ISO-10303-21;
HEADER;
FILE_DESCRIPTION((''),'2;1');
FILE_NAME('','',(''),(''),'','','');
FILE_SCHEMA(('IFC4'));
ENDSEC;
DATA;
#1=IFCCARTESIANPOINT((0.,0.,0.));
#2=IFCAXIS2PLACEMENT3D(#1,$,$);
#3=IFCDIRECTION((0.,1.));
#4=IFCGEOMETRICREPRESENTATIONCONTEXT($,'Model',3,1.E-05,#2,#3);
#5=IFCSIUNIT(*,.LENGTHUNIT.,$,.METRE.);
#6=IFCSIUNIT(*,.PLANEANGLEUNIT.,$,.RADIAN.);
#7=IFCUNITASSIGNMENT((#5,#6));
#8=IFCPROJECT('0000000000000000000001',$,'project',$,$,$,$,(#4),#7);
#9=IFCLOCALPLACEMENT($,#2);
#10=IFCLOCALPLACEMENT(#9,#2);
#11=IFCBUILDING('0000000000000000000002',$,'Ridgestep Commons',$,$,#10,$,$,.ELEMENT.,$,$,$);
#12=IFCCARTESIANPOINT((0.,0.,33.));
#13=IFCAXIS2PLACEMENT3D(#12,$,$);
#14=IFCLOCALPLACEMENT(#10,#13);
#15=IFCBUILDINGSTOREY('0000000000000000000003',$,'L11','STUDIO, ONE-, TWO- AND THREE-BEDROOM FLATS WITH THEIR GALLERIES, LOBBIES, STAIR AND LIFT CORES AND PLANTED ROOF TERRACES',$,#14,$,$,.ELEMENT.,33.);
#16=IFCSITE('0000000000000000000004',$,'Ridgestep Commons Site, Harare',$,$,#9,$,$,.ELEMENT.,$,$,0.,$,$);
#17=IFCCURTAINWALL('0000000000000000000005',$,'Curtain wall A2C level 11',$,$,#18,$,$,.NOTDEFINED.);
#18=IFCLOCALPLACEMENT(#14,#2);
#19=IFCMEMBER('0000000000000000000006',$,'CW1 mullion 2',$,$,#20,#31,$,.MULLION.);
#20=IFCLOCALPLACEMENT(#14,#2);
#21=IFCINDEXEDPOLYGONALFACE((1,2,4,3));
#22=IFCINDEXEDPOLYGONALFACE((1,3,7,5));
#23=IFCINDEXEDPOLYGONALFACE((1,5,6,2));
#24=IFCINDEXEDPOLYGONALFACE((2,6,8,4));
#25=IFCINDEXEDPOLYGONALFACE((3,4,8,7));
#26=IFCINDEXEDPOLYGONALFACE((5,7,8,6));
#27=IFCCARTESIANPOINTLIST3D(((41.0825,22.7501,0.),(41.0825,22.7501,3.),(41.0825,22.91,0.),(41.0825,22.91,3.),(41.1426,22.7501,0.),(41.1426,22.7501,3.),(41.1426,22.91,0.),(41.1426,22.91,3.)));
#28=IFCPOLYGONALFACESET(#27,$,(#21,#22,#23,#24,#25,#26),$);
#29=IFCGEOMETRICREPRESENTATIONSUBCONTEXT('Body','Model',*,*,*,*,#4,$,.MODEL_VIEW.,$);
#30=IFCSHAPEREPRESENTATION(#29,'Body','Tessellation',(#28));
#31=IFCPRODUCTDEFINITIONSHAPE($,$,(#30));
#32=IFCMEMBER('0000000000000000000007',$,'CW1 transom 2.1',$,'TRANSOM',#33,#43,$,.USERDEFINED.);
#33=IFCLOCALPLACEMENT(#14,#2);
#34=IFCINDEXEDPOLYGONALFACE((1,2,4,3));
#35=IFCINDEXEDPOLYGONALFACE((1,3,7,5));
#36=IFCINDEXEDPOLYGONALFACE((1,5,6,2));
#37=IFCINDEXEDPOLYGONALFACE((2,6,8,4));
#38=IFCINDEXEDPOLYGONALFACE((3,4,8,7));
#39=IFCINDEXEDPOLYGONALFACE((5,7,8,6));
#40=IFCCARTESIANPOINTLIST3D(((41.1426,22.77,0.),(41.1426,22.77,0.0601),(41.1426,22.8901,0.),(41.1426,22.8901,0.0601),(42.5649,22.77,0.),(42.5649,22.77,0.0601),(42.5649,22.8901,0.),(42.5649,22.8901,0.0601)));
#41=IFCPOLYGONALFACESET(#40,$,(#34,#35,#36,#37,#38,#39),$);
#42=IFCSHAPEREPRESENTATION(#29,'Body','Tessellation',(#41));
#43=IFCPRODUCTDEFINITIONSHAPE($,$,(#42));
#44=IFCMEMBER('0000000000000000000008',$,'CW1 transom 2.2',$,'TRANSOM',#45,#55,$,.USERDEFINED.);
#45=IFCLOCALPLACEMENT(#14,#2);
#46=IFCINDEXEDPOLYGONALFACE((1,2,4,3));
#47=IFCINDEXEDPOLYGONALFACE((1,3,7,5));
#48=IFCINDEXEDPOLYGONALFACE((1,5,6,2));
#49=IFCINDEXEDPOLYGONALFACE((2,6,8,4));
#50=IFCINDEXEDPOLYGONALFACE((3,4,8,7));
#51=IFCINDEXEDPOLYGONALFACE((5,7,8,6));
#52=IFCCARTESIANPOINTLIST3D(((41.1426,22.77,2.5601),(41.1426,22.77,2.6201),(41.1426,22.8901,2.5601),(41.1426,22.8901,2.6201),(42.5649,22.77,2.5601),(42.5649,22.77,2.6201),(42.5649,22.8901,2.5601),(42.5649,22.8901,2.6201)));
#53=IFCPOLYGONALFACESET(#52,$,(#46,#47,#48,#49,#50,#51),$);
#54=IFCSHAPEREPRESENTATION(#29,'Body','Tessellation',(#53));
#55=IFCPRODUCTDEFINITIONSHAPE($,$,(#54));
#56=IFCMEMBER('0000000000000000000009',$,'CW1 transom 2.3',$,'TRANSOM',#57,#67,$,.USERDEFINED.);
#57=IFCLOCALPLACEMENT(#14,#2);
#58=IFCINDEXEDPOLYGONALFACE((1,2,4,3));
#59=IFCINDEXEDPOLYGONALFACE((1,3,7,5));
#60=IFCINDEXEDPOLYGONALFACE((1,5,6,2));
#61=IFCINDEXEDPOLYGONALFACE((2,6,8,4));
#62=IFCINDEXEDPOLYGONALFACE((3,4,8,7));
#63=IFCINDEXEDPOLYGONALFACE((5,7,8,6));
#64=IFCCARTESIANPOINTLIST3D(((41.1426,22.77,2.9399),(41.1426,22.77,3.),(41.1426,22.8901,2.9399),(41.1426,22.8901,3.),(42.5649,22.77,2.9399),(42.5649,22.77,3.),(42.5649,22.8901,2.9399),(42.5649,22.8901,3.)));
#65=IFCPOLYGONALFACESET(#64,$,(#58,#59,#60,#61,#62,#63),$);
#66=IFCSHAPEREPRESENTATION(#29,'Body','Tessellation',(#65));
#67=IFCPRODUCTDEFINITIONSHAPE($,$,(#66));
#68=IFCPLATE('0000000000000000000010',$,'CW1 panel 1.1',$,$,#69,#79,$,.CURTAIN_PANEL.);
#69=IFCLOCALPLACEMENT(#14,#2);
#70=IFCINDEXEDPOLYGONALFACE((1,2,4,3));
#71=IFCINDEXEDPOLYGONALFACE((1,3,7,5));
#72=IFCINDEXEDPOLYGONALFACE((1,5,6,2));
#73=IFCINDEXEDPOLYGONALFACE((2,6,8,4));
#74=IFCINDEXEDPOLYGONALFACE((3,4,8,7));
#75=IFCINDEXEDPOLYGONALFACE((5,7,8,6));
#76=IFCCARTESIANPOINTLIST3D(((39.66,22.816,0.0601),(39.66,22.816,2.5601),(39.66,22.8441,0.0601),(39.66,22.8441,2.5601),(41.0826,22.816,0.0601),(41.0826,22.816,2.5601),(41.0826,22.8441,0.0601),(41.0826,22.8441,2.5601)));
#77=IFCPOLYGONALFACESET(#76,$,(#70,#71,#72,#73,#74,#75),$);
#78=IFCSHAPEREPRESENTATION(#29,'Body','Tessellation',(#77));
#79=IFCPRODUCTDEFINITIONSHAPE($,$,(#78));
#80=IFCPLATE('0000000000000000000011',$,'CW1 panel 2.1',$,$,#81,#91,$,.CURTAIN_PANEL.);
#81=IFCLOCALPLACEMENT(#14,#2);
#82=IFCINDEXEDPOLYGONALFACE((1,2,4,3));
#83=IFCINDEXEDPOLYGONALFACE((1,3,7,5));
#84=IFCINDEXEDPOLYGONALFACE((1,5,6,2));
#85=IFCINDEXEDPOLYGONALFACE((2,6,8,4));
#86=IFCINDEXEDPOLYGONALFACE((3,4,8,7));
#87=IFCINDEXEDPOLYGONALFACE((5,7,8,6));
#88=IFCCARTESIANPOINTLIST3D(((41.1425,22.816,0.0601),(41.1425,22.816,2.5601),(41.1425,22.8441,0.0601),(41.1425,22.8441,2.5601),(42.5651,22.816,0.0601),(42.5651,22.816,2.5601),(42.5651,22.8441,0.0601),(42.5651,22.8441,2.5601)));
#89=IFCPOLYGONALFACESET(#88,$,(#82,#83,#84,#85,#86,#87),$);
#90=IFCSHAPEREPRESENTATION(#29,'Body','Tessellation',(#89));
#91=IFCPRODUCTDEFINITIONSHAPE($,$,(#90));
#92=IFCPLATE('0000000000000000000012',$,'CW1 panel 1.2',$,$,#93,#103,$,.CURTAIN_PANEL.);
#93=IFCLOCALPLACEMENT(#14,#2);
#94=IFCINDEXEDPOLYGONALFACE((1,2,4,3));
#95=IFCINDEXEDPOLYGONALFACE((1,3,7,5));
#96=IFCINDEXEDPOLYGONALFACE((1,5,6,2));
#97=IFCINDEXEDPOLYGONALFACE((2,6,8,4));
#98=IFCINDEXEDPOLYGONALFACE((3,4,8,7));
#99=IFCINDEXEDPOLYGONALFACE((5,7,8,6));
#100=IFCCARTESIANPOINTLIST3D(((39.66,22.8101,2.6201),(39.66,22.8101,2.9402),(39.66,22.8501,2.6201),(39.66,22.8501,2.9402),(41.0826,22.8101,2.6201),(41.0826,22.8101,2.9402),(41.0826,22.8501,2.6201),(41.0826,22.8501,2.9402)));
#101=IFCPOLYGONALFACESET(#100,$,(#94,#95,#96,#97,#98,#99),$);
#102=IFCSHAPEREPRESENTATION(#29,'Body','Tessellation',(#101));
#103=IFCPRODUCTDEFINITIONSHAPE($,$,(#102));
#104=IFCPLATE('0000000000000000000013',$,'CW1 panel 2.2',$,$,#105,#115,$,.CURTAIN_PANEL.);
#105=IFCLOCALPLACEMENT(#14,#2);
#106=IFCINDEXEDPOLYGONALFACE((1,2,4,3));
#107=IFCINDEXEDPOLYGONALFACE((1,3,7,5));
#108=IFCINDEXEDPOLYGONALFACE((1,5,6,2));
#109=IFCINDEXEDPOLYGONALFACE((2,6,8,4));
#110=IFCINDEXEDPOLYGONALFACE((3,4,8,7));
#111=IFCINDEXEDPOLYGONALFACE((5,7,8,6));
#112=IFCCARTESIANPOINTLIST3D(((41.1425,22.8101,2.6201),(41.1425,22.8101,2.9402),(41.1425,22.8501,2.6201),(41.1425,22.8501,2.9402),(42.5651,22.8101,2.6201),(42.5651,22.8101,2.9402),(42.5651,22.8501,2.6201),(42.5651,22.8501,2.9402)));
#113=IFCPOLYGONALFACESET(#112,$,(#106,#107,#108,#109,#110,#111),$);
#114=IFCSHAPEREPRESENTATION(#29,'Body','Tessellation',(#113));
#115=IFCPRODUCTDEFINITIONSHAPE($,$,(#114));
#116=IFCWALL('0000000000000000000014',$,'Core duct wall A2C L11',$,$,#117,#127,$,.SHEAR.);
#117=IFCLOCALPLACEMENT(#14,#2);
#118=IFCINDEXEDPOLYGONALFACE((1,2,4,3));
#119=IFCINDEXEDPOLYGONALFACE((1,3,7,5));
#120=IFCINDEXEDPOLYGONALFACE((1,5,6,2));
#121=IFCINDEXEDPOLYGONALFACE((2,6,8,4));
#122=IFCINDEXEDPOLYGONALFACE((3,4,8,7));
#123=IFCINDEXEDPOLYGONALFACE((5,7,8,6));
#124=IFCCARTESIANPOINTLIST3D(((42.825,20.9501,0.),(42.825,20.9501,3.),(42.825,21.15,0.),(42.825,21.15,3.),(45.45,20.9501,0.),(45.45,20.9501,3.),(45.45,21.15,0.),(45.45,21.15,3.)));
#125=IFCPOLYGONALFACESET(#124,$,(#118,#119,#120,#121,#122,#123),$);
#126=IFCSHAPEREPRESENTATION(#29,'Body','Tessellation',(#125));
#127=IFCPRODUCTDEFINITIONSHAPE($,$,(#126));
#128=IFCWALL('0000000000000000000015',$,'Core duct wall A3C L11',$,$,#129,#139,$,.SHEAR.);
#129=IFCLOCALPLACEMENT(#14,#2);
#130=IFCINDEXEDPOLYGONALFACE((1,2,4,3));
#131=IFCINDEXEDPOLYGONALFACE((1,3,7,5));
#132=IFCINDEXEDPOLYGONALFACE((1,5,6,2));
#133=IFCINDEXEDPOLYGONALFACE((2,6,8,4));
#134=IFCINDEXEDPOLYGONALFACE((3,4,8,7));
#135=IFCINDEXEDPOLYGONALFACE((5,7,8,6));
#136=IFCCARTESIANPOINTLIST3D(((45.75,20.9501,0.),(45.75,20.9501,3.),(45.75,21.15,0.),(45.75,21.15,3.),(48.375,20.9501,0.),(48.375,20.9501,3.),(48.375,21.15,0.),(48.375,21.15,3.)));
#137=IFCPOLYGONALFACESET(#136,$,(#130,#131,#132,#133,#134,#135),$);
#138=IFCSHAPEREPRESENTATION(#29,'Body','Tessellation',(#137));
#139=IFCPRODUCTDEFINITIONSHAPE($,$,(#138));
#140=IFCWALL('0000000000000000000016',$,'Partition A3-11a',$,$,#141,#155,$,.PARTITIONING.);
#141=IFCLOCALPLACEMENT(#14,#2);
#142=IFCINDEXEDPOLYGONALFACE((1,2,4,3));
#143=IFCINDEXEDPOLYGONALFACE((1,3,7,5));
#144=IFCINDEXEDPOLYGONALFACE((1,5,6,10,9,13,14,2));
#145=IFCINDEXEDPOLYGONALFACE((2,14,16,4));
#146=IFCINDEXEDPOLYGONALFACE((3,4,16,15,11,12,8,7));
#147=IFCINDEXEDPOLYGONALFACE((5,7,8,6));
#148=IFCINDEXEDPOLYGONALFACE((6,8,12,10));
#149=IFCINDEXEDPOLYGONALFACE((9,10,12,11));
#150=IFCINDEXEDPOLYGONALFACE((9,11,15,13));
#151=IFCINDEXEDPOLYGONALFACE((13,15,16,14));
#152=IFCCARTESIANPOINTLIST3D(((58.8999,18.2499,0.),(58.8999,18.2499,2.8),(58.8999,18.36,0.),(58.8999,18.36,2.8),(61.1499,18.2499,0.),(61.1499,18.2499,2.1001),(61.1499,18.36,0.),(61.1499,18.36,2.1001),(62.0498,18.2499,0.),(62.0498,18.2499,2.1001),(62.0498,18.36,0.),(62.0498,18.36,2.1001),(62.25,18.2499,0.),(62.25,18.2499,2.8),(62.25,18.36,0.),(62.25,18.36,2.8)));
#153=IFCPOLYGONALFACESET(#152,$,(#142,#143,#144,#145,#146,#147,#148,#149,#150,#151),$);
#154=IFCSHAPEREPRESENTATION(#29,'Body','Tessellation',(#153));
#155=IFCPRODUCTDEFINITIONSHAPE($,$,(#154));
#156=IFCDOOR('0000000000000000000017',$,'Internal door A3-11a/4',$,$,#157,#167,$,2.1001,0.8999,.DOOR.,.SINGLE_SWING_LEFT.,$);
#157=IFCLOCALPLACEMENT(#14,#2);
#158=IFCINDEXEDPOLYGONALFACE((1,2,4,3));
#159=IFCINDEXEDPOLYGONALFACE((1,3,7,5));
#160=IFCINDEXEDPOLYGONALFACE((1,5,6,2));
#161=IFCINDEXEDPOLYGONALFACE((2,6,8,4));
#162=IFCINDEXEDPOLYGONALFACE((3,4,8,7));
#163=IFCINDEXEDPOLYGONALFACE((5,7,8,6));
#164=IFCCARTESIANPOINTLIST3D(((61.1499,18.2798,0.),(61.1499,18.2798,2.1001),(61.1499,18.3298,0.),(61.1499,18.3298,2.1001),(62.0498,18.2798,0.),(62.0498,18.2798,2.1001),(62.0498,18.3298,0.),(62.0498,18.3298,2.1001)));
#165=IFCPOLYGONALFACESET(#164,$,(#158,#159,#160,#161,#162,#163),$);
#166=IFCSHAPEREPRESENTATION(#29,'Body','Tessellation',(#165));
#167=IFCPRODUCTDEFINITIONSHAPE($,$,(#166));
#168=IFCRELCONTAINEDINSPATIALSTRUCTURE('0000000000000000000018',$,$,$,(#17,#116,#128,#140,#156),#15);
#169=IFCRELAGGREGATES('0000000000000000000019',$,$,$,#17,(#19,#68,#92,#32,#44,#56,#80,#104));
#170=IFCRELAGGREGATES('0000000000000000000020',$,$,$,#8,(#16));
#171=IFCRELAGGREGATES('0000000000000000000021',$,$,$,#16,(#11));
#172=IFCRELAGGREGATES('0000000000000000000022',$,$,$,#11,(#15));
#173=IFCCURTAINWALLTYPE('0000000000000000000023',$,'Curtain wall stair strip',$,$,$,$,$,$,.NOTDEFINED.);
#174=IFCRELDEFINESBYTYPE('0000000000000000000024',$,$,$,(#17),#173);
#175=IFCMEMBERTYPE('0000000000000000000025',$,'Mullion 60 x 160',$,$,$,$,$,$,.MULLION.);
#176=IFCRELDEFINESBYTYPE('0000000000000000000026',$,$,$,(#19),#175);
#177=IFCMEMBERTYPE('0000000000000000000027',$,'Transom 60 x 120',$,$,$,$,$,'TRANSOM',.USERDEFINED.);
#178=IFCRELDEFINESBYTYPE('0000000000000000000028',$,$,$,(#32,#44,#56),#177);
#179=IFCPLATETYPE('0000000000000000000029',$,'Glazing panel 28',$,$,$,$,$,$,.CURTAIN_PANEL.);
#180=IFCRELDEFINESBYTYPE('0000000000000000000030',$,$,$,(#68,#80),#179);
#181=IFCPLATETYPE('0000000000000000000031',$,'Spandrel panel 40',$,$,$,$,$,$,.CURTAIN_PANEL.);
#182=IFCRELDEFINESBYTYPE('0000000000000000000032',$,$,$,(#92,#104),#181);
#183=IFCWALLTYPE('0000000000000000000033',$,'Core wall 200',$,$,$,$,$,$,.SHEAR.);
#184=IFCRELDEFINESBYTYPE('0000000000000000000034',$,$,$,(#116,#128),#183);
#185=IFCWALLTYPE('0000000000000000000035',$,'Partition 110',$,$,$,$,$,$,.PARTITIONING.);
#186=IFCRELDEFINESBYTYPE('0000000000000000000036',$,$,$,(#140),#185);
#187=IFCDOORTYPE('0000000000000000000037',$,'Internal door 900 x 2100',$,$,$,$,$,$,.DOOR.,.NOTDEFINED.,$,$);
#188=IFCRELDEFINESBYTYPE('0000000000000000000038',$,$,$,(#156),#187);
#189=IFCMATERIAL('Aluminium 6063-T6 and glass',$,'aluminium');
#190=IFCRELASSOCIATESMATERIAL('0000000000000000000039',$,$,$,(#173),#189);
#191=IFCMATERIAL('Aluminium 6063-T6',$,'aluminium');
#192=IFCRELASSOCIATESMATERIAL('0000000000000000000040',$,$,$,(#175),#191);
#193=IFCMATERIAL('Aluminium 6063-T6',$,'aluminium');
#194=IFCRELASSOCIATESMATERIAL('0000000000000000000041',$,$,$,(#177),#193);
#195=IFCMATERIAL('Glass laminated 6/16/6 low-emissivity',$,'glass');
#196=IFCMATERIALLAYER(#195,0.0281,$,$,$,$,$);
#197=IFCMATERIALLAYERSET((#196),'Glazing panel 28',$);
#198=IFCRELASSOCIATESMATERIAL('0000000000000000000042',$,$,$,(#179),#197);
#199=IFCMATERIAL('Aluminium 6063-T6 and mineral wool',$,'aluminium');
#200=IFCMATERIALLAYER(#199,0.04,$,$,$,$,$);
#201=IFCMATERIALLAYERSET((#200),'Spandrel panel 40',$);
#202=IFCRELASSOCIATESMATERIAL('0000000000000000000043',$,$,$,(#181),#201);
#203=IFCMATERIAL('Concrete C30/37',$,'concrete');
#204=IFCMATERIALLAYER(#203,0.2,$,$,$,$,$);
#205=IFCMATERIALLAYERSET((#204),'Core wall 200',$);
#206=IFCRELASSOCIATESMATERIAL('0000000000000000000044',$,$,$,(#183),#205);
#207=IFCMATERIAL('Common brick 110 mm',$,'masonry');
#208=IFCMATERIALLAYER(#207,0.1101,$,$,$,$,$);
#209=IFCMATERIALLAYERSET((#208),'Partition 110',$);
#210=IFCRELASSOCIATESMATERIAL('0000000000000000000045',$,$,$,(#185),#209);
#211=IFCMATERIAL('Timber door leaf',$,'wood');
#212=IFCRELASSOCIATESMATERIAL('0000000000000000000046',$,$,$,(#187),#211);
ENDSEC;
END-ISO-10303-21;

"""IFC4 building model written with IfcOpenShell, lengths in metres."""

from ifc_helpers import new_model, si_unit, direction, frame, frame_2d, origin, origin_2d, place, context, subcontext, project, spatial, rectangle, extrude, material, layer, layer_set, material_profile, profile_set, type_object, element, fill, aggregate, save


model = new_model("IFC4")

# Units and contexts
model_context = context("Model", 3, precision=1e-05, world=origin(), true_north=direction((0.0, 1.0)))
body_context = subcontext(model_context, "Body", "Model", "MODEL_VIEW")
ifc_project = project(units=[si_unit("LENGTHUNIT", "METRE"), si_unit("PLANEANGLEUNIT", "RADIAN")], contexts=[model_context])

# Site, building, storey
site_placement = place(None, origin())
site = spatial("IfcSite", under=ifc_project, at=site_placement, Name="Ridgestep Commons Site, Harare", CompositionType="ELEMENT", RefElevation=0.0)
building_placement = place(site_placement, origin())
building = spatial("IfcBuilding", under=site, at=building_placement, Name="Ridgestep Commons", CompositionType="ELEMENT")
storey_placement = place(building_placement, frame((0.0, 0.0, 33.0)))
storey = spatial("IfcBuildingStorey", under=building, at=storey_placement, Name="L11", Description="STUDIO, ONE-, TWO- AND THREE-BEDROOM FLATS WITH THEIR GALLERIES, LOBBIES, STAIR AND LIFT CORES AND PLANTED ROOF TERRACES", CompositionType="ELEMENT", Elevation=33.0)

# Curtain wall, members, plates
ifc_material_1 = material(Name="Aluminium 6063-T6 and glass", Category="aluminium")
curtain_wall_type = type_object("IfcCurtainWallType", Name="Curtain wall stair strip", PredefinedType="NOTDEFINED", material=ifc_material_1)
curtain_wall_placement = place(storey_placement, origin())
curtain_wall = element("IfcCurtainWall", 1, at=curtain_wall_placement, inside=storey, type_object=curtain_wall_type, Name="Curtain wall A2C level 11", PredefinedType="NOTDEFINED")
ifc_material_2 = material(Name="Aluminium 6063-T6", Category="aluminium")
ifc_material_profile_1 = material_profile(ifc_material_2, rectangle(XDim=0.1599, YDim=0.0601, at=origin_2d()), Name="Mullion 60 x 160")
ifc_profile_set_1 = profile_set([ifc_material_profile_1], Name="Aluminium 6063-T6")
member_type_1 = type_object("IfcMemberType", Name="Mullion 60 x 160", PredefinedType="MULLION", material=ifc_profile_set_1)
member_1_placement = place(storey_placement, frame((41.1125, 22.8301, 0.0), z_axis=(0.0, 0.0, 1.0), x_axis=(0.0, 1.0, 0.0)))
member_1 = element("IfcMember", 2, at=member_1_placement, type_object=member_type_1, Name="CW1 mullion 2", PredefinedType="MULLION", context=body_context, shape_type="SweptSolid", body=[
    extrude(rectangle(XDim=0.1599, YDim=0.0601, at=origin_2d()), origin(), (0.0, 0.0, 1.0), 3.0),
])
ifc_material_3 = material(Name="Aluminium 6063-T6", Category="aluminium")
ifc_material_profile_2 = material_profile(ifc_material_3, rectangle(XDim=0.1201, YDim=0.0601, at=origin_2d()), Name="Transom 60 x 120")
ifc_profile_set_2 = profile_set([ifc_material_profile_2], Name="Aluminium 6063-T6")
member_type_2 = type_object("IfcMemberType", Name="Transom 60 x 120", ElementType="TRANSOM", PredefinedType="USERDEFINED", material=ifc_profile_set_2)
member_2_placement = place(storey_placement, frame((41.1426, 22.8301, 0.03), z_axis=(1.0, 0.0, 0.0), x_axis=(0.0, 1.0, 0.0)))
member_2 = element("IfcMember", 3, at=member_2_placement, type_object=member_type_2, Name="CW1 transom 2.1", ObjectType="TRANSOM", PredefinedType="USERDEFINED", context=body_context, shape_type="SweptSolid", body=[
    extrude(rectangle(XDim=0.1201, YDim=0.0601, at=origin_2d()), origin(), (0.0, 0.0, 1.0), 1.4224),
])
member_3_placement = place(storey_placement, frame((41.1426, 22.8301, 2.5901), z_axis=(1.0, 0.0, 0.0), x_axis=(0.0, 1.0, 0.0)))
member_3 = element("IfcMember", 4, at=member_3_placement, type_object=member_type_2, Name="CW1 transom 2.2", ObjectType="TRANSOM", PredefinedType="USERDEFINED", context=body_context, shape_type="SweptSolid", body=[
    extrude(rectangle(XDim=0.1201, YDim=0.0601, at=origin_2d()), origin(), (0.0, 0.0, 1.0), 1.4224),
])
member_4_placement = place(storey_placement, frame((41.1426, 22.8301, 2.97), z_axis=(1.0, 0.0, 0.0), x_axis=(0.0, 1.0, 0.0)))
member_4 = element("IfcMember", 5, at=member_4_placement, type_object=member_type_2, Name="CW1 transom 2.3", ObjectType="TRANSOM", PredefinedType="USERDEFINED", context=body_context, shape_type="SweptSolid", body=[
    extrude(rectangle(XDim=0.1201, YDim=0.0601, at=origin_2d()), origin(), (0.0, 0.0, 1.0), 1.4224),
])
ifc_material_4 = material(Name="Glass laminated 6/16/6 low-emissivity", Category="glass")
ifc_layer_1 = layer(ifc_material_4, 0.0281)
ifc_layer_set_1 = layer_set([ifc_layer_1], Name="Glazing panel 28")
plate_type_1 = type_object("IfcPlateType", Name="Glazing panel 28", PredefinedType="CURTAIN_PANEL", material=ifc_layer_set_1)
plate_1_placement = place(storey_placement, frame((40.3713, 22.8301, 0.0601), z_axis=(0.0, 0.0, 1.0), x_axis=(1.0, 0.0, 0.0)))
plate_1 = element("IfcPlate", 6, at=plate_1_placement, type_object=plate_type_1, Name="CW1 panel 1.1", PredefinedType="CURTAIN_PANEL", context=body_context, shape_type="SweptSolid", body=[
    extrude(rectangle(XDim=1.4226, YDim=0.0281, at=origin_2d()), origin(), (0.0, 0.0, 1.0), 2.5),
])
plate_2_placement = place(storey_placement, frame((41.8538, 22.8301, 0.0601), z_axis=(0.0, 0.0, 1.0), x_axis=(1.0, 0.0, 0.0)))
plate_2 = element("IfcPlate", 7, at=plate_2_placement, type_object=plate_type_1, Name="CW1 panel 2.1", PredefinedType="CURTAIN_PANEL", context=body_context, shape_type="SweptSolid", body=[
    extrude(rectangle(XDim=1.4226, YDim=0.0281, at=origin_2d()), origin(), (0.0, 0.0, 1.0), 2.5),
])
ifc_material_5 = material(Name="Aluminium 6063-T6 and mineral wool", Category="aluminium")
ifc_layer_2 = layer(ifc_material_5, 0.04)
ifc_layer_set_2 = layer_set([ifc_layer_2], Name="Spandrel panel 40")
plate_type_2 = type_object("IfcPlateType", Name="Spandrel panel 40", PredefinedType="CURTAIN_PANEL", material=ifc_layer_set_2)
plate_3_placement = place(storey_placement, frame((40.3713, 22.8301, 2.6201), z_axis=(0.0, 0.0, 1.0), x_axis=(1.0, 0.0, 0.0)))
plate_3 = element("IfcPlate", 8, at=plate_3_placement, type_object=plate_type_2, Name="CW1 panel 1.2", PredefinedType="CURTAIN_PANEL", context=body_context, shape_type="SweptSolid", body=[
    extrude(rectangle(XDim=1.4226, YDim=0.04, at=origin_2d()), origin(), (0.0, 0.0, 1.0), 0.3201),
])
plate_4_placement = place(storey_placement, frame((41.8538, 22.8301, 2.6201), z_axis=(0.0, 0.0, 1.0), x_axis=(1.0, 0.0, 0.0)))
plate_4 = element("IfcPlate", 9, at=plate_4_placement, type_object=plate_type_2, Name="CW1 panel 2.2", PredefinedType="CURTAIN_PANEL", context=body_context, shape_type="SweptSolid", body=[
    extrude(rectangle(XDim=1.4226, YDim=0.04, at=origin_2d()), origin(), (0.0, 0.0, 1.0), 0.3201),
])
aggregate(curtain_wall, [member_1, plate_1, plate_3, member_2, member_3, member_4, plate_2, plate_4])

# Walls
ifc_material_6 = material(Name="Concrete C30/37", Category="concrete")
ifc_layer_3 = layer(ifc_material_6, 0.2)
ifc_layer_set_3 = layer_set([ifc_layer_3], Name="Core wall 200")
wall_type_1 = type_object("IfcWallType", Name="Core wall 200", PredefinedType="SHEAR", material=ifc_layer_set_3)
for number, where, z_axis, x_axis, name in (
    (10, (42.825, 21.05, 0.0), (0.0, 0.0, 1.0), (1.0, 0.0, 0.0), "Core duct wall A2C L11"),
    (11, (45.75, 21.05, 0.0), (0.0, 0.0, 1.0), (1.0, 0.0, 0.0), "Core duct wall A3C L11"),
):
    element("IfcWall", number, at=place(storey_placement, frame(where, z_axis=z_axis, x_axis=x_axis)), inside=storey, type_object=wall_type_1, Name=name, PredefinedType="SHEAR", context=body_context, shape_type="SweptSolid", body=[
        extrude(rectangle(XDim=2.625, YDim=0.2, at=frame_2d((1.3125, 0.0))), origin(), (0.0, 0.0, 1.0), 3.0),
    ])

# Wall, opening, door
ifc_material_7 = material(Name="Common brick 110 mm", Category="masonry")
ifc_layer_4 = layer(ifc_material_7, 0.1101)
ifc_layer_set_4 = layer_set([ifc_layer_4], Name="Partition 110")
wall_type_2 = type_object("IfcWallType", Name="Partition 110", PredefinedType="PARTITIONING", material=ifc_layer_set_4)
wall_1_placement = place(storey_placement, frame((58.8999, 18.3049, 0.0), z_axis=(0.0, 0.0, 1.0), x_axis=(1.0, 0.0, 0.0)))
wall_1 = element("IfcWall", 12, at=wall_1_placement, inside=storey, type_object=wall_type_2, Name="Partition A3-11a", PredefinedType="PARTITIONING", context=body_context, shape_type="SweptSolid", body=[
    extrude(rectangle(XDim=3.3501, YDim=0.1101, at=frame_2d((1.675, 0.0))), origin(), (0.0, 0.0, 1.0), 2.8),
])
opening_1_placement = place(wall_1_placement, frame((2.25, 0.0, 0.0)))
opening_1 = element("IfcOpeningElement", 13, at=opening_1_placement, cuts=wall_1, PredefinedType="OPENING", context=body_context, shape_type="SweptSolid", body=[
    extrude(rectangle(XDim=0.8999, YDim=2.1001, at=frame_2d((0.45, 1.05))), frame((0.0, 0.0649, 0.0), z_axis=(0.0, -1.0, 0.0), x_axis=(1.0, 0.0, 0.0)), (0.0, 0.0, 1.0), 0.1301),
])
ifc_material_8 = material(Name="Timber door leaf", Category="wood")
door_type = type_object("IfcDoorType", Name="Internal door 900 x 2100", OperationType="NOTDEFINED", PredefinedType="DOOR", material=ifc_material_8)
door_1_placement = place(opening_1_placement, origin())
door_1 = element("IfcDoor", 14, at=door_1_placement, inside=storey, type_object=door_type, Name="Internal door A3-11a/4", OperationType="SINGLE_SWING_LEFT", OverallHeight=2.1001, OverallWidth=0.8999, PredefinedType="DOOR", context=body_context, shape_type="SweptSolid", body=[
    extrude(rectangle(XDim=0.8999, YDim=2.1001, at=frame_2d((0.45, 1.05))), frame((0.0, 0.0249, 0.0), z_axis=(0.0, -1.0, 0.0), x_axis=(1.0, 0.0, 0.0)), (0.0, 0.0, 1.0), 0.05),
])
fill(opening_1, door_1)

save(model, "model.ifc")
